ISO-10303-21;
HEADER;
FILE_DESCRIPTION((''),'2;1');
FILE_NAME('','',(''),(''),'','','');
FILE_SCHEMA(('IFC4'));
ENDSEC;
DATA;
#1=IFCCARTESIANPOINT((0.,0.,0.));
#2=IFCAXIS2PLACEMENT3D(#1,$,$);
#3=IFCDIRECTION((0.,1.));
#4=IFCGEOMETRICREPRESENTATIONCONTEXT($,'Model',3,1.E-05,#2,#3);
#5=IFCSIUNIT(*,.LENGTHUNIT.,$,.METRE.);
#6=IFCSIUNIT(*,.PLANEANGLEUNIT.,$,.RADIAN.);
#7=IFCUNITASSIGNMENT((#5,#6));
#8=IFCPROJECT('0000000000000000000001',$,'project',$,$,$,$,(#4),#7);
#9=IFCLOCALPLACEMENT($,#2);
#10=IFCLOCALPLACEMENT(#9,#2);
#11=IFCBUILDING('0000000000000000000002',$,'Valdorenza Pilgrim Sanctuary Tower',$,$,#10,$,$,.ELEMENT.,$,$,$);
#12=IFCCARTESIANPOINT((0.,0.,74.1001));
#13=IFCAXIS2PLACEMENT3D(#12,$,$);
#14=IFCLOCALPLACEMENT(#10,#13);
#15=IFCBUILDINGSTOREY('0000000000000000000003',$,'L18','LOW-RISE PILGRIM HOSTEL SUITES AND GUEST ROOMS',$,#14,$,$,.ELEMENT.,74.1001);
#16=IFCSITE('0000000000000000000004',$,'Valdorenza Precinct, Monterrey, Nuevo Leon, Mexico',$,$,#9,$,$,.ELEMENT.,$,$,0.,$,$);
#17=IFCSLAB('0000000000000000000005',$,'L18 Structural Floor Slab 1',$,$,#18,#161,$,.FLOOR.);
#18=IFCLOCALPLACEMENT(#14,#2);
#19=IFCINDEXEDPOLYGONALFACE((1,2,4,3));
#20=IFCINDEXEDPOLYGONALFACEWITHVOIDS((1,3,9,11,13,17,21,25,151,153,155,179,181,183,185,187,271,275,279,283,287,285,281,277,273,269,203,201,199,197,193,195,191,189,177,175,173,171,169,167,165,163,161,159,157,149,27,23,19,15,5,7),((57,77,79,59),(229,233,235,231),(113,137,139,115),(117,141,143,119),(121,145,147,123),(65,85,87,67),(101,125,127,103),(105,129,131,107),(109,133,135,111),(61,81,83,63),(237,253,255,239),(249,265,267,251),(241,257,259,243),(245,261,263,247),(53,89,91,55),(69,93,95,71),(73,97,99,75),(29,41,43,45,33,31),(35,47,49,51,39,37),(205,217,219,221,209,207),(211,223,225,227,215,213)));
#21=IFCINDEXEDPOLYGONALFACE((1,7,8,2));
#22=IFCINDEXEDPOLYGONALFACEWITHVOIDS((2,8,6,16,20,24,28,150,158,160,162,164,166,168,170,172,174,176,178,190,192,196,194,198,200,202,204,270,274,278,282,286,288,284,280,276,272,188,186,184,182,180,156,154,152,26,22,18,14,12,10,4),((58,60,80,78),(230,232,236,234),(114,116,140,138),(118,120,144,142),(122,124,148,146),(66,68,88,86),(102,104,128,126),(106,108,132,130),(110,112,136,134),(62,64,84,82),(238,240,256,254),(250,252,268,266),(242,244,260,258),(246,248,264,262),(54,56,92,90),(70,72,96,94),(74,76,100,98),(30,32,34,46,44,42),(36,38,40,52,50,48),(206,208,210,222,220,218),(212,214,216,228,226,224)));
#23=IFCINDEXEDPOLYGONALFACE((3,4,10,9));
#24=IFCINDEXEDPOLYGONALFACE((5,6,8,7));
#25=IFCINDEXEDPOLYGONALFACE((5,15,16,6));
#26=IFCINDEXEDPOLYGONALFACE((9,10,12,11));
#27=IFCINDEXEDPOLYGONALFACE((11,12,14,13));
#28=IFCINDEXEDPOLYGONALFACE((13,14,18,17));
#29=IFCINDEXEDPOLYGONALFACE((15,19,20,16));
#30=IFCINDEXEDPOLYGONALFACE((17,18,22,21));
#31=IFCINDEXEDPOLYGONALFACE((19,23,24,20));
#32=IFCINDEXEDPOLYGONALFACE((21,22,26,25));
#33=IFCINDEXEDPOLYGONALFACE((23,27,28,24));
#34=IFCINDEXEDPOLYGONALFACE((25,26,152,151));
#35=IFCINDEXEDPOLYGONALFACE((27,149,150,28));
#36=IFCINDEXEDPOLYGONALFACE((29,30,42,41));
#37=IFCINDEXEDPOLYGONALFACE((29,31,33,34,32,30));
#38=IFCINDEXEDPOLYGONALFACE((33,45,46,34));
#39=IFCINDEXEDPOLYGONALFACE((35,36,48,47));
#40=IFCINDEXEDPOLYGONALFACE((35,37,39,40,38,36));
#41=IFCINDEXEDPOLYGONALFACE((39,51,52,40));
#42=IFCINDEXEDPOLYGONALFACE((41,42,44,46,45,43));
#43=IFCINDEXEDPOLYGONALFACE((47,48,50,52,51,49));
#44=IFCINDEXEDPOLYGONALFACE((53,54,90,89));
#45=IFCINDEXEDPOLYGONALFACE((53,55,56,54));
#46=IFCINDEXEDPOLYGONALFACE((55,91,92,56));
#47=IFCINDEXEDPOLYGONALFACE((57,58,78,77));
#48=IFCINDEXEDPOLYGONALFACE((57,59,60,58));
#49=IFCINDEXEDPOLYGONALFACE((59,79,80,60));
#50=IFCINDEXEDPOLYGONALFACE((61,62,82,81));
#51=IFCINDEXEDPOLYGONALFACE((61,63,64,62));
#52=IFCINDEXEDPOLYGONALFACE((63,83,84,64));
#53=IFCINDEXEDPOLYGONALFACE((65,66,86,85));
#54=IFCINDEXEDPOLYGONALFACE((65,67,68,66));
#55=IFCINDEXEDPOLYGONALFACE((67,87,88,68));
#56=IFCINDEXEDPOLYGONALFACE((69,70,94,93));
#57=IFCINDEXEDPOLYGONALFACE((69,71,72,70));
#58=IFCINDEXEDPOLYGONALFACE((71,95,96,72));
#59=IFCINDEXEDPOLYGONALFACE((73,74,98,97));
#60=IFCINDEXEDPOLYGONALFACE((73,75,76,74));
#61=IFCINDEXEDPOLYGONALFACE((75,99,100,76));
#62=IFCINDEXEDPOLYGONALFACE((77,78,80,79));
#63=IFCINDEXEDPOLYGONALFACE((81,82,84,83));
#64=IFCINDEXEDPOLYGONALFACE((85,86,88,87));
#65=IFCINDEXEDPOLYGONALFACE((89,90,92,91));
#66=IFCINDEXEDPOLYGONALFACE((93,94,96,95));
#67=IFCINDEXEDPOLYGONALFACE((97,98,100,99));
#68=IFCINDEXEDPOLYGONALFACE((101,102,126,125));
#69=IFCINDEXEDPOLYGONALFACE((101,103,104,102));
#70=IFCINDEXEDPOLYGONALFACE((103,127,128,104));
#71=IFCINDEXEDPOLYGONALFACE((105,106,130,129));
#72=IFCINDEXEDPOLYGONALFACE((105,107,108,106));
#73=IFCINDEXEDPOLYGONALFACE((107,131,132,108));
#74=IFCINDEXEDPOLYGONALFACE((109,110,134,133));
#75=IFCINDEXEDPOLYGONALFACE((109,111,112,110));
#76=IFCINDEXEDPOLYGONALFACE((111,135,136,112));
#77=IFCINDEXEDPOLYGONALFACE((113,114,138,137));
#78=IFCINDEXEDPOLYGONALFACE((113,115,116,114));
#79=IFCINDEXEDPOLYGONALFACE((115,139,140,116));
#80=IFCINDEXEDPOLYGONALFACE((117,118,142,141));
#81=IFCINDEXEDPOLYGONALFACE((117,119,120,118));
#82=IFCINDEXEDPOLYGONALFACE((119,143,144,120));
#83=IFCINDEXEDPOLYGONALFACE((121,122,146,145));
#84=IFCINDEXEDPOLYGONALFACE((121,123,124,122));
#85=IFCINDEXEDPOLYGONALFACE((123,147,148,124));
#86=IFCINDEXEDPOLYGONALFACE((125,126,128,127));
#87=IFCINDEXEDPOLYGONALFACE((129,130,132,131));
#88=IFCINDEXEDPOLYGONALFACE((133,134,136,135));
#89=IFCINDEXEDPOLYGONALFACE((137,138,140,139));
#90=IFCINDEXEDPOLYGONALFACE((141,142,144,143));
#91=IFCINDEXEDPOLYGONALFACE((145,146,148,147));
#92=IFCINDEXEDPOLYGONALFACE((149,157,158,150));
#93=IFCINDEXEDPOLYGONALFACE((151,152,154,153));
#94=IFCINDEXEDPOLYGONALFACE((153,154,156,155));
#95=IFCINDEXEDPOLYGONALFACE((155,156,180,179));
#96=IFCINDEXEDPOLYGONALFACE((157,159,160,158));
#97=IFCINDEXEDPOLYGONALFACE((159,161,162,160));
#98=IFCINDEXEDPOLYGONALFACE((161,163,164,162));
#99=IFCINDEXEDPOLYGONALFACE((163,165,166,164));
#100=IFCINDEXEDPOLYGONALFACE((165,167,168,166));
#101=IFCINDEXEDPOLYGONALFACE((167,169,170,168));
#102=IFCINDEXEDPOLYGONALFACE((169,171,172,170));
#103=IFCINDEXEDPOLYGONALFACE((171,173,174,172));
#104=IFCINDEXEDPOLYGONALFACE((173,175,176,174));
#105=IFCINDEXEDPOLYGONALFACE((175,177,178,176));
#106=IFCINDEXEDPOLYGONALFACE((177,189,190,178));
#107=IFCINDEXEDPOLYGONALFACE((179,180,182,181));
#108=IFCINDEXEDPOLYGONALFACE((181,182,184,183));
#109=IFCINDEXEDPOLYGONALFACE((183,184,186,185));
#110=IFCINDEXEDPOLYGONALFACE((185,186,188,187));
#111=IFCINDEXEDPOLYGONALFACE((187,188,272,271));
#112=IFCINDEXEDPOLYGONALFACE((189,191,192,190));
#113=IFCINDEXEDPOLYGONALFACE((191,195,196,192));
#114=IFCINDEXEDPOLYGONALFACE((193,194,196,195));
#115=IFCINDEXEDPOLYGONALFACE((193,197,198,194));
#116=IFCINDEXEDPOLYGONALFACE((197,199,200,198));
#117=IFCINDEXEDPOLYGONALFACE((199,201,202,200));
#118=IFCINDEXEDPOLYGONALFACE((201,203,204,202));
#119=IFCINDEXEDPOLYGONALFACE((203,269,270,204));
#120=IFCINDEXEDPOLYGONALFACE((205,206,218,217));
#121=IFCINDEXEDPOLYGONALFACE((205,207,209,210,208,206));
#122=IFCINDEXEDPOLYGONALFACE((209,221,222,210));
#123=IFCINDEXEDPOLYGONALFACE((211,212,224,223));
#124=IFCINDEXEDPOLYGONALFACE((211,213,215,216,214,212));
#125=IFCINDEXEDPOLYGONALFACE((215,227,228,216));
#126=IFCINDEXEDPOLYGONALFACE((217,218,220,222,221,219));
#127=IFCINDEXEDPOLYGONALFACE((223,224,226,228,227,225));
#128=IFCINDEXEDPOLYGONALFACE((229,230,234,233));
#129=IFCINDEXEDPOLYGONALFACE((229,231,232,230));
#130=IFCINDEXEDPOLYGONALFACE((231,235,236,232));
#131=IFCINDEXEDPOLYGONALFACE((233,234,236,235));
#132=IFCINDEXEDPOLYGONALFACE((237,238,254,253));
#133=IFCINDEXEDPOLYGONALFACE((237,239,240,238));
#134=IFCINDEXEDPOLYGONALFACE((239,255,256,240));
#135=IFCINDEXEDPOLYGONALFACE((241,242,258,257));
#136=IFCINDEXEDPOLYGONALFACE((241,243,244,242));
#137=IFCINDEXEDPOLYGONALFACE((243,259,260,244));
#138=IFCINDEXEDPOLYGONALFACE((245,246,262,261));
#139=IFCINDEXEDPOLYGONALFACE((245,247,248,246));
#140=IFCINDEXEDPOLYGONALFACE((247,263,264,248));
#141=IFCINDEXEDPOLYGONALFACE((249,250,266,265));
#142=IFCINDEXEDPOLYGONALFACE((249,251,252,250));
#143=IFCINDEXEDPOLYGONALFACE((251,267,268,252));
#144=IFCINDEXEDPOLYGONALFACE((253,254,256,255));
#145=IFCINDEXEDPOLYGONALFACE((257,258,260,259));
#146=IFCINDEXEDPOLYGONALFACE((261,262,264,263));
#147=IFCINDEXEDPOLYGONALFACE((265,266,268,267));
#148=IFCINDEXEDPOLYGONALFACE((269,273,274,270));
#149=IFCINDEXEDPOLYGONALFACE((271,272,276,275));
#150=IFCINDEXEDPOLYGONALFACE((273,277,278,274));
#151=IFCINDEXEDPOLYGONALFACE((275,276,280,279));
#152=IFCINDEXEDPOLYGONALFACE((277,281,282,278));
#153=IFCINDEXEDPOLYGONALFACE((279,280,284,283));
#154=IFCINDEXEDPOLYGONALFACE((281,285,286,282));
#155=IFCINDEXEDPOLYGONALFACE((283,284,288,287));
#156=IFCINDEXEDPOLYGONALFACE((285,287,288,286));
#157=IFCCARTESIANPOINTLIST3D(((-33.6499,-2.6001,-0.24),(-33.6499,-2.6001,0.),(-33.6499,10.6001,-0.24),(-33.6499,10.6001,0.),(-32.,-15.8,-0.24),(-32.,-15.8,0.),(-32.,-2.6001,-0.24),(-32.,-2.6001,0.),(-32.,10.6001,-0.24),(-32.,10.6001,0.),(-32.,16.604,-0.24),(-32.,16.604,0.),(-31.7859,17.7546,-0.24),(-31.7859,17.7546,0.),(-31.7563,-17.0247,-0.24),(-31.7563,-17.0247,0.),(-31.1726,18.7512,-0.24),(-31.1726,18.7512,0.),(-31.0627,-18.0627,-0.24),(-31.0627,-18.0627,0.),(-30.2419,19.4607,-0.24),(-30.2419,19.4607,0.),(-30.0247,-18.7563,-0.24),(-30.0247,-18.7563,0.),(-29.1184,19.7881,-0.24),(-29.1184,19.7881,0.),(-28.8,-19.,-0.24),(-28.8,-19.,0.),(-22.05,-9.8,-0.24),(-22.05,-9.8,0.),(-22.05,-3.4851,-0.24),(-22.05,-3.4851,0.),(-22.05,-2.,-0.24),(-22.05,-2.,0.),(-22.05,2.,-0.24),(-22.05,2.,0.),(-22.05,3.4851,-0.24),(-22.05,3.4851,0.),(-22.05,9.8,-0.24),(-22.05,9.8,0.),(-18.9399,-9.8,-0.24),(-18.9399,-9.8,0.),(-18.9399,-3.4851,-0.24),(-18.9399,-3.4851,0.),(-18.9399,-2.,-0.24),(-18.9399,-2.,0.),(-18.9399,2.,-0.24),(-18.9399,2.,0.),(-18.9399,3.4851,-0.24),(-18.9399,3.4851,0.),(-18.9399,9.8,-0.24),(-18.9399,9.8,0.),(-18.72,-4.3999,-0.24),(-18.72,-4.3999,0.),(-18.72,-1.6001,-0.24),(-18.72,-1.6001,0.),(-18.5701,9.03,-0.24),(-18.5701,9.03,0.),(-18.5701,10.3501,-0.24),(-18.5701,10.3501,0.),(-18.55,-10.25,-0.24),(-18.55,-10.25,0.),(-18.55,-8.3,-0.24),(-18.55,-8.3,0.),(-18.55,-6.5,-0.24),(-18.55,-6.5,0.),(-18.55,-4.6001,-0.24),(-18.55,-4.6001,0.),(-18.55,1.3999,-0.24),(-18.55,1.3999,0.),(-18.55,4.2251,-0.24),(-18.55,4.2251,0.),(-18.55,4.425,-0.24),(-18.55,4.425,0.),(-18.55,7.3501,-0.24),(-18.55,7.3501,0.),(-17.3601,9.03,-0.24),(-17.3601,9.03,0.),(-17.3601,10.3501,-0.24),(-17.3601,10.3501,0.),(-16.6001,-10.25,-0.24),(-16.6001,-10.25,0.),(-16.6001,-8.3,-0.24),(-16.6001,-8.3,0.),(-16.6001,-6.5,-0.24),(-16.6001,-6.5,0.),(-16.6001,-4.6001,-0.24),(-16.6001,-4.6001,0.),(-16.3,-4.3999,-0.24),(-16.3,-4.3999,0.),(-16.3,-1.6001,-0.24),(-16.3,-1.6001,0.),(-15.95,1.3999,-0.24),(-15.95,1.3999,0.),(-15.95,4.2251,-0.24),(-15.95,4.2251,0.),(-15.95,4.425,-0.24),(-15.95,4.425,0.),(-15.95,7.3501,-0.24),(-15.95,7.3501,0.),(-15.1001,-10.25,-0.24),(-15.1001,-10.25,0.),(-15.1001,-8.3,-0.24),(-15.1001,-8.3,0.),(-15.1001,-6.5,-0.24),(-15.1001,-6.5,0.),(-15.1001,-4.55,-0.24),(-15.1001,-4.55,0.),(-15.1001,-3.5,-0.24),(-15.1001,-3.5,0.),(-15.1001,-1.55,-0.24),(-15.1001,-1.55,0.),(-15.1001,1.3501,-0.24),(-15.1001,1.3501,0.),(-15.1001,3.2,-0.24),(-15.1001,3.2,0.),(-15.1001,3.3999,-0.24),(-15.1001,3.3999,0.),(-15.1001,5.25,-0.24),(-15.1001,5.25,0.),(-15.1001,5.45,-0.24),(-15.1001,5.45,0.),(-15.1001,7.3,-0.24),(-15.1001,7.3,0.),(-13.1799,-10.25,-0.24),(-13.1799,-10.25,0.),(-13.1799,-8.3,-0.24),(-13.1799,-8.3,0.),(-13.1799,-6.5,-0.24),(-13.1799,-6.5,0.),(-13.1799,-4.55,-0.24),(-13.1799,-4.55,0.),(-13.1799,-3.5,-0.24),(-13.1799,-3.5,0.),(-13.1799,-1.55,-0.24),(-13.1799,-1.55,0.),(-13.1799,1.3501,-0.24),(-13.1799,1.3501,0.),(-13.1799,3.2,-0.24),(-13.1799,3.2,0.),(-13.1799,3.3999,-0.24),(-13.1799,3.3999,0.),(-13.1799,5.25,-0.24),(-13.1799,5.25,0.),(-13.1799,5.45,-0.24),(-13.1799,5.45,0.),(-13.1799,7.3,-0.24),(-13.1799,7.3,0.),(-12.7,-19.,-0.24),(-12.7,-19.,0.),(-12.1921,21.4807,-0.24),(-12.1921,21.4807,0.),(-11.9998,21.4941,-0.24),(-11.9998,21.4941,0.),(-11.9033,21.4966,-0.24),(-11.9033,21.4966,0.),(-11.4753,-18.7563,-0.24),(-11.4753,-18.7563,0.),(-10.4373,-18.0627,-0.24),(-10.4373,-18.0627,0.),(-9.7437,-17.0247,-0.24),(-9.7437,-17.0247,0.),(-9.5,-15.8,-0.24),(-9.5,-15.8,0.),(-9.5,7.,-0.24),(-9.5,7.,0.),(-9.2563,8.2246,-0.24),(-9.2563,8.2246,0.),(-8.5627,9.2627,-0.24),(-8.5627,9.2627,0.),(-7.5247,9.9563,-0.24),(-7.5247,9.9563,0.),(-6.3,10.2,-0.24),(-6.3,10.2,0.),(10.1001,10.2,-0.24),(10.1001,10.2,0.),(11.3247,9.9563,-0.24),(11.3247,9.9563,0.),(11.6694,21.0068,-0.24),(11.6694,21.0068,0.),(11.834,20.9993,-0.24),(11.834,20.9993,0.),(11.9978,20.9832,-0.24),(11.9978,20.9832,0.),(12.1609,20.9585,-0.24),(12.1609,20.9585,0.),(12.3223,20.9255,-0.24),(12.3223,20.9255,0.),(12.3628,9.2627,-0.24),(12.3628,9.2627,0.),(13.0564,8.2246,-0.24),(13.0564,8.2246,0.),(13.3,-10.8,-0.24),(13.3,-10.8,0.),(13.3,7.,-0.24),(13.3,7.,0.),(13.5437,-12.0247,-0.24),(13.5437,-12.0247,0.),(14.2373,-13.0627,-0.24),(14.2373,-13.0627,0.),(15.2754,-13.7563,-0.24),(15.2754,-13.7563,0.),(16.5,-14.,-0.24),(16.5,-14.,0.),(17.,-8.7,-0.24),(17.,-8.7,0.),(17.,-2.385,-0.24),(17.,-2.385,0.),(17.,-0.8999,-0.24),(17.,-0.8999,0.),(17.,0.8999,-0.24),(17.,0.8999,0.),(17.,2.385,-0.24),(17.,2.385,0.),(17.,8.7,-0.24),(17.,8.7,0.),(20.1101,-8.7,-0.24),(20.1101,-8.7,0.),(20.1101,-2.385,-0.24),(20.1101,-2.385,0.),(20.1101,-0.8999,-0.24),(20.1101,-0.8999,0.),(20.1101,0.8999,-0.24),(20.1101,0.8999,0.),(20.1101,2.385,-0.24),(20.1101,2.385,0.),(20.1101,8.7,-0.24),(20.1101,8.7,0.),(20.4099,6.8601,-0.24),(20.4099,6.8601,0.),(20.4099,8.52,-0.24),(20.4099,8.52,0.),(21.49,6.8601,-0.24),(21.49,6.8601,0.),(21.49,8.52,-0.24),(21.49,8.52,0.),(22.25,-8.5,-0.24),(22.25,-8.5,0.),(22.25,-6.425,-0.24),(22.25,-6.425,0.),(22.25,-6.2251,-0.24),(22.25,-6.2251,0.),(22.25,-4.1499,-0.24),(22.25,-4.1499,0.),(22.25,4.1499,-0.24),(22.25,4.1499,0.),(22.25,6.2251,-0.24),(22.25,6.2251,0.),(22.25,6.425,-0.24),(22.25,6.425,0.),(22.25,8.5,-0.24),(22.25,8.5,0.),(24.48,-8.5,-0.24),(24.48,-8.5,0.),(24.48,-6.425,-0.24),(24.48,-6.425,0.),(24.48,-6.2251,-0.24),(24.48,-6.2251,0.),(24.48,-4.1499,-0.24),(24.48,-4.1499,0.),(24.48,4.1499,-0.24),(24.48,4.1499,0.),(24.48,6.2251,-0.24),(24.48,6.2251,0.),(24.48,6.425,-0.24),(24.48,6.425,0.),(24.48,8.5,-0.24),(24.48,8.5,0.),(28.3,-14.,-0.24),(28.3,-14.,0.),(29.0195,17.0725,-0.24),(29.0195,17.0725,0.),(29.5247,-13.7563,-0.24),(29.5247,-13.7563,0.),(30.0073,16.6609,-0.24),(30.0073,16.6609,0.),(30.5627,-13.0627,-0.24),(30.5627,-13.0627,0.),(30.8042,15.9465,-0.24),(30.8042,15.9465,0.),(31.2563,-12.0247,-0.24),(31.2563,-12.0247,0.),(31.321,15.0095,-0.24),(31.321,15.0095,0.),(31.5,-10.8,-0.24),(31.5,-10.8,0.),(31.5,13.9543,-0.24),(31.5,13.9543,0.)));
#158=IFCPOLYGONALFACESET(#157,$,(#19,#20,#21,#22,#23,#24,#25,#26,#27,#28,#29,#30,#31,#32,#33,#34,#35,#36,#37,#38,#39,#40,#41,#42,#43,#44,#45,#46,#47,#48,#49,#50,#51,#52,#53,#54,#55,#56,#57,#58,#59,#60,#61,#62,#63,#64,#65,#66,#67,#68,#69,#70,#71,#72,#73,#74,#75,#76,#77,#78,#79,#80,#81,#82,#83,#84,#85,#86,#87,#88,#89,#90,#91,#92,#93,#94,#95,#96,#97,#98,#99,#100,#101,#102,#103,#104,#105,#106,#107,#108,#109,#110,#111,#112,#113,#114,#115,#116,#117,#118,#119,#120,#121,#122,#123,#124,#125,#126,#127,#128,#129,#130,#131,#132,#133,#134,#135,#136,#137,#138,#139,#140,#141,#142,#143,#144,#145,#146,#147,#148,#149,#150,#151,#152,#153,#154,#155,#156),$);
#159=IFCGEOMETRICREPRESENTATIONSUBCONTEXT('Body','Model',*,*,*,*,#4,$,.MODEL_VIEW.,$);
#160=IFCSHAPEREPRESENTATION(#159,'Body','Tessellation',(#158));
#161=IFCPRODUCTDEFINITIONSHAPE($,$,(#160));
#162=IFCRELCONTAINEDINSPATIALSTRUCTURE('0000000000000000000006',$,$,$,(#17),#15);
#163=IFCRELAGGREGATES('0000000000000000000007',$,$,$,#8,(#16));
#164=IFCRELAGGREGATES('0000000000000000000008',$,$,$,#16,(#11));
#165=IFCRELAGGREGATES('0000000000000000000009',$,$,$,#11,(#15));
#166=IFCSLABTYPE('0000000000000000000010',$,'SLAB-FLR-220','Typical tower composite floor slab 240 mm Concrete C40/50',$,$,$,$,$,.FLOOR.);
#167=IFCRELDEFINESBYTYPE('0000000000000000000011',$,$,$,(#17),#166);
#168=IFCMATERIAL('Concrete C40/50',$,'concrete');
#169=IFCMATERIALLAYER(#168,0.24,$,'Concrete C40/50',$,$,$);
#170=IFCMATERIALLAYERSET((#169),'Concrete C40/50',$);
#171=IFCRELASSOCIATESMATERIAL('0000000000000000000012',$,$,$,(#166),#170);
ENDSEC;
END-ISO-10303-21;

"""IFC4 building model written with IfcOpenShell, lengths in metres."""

from ifc_helpers import new_model, si_unit, direction, frame, origin, place, context, subcontext, project, spatial, polyline, outline, extrude, material, layer, layer_set, type_object, element, save


model = new_model("IFC4")

# Units and contexts
model_context = context("Model", 3, precision=1e-05, world=origin(), true_north=direction((0.0, 1.0)))
body_context = subcontext(model_context, "Body", "Model", "MODEL_VIEW")
ifc_project = project(units=[si_unit("LENGTHUNIT", "METRE"), si_unit("PLANEANGLEUNIT", "RADIAN")], contexts=[model_context])

# Site, building, storey
site_placement = place(None, origin())
site = spatial("IfcSite", under=ifc_project, at=site_placement, Name="Valdorenza Precinct, Monterrey, Nuevo Leon, Mexico", CompositionType="ELEMENT", RefElevation=0.0)
building_placement = place(site_placement, origin())
building = spatial("IfcBuilding", under=site, at=building_placement, Name="Valdorenza Pilgrim Sanctuary Tower", CompositionType="ELEMENT")
storey_placement = place(building_placement, frame((0.0, 0.0, 74.1001)))
storey = spatial("IfcBuildingStorey", under=building, at=storey_placement, Name="L18", Description="LOW-RISE PILGRIM HOSTEL SUITES AND GUEST ROOMS", CompositionType="ELEMENT", Elevation=74.1001)

# Slab
ifc_material_1 = material(Name="Concrete C40/50", Category="concrete")
ifc_layer_1 = layer(ifc_material_1, 0.24, Name="Concrete C40/50")
ifc_layer_set_1 = layer_set([ifc_layer_1], Name="Concrete C40/50")
slab_type_1 = type_object("IfcSlabType", Name="SLAB-FLR-220", Description="Typical tower composite floor slab 240 mm Concrete C40/50", PredefinedType="FLOOR", material=ifc_layer_set_1)
slab_1_placement = place(storey_placement, frame((0.0, 0.0, -0.24)))
element("IfcSlab", 1, at=slab_1_placement, inside=storey, type_object=slab_type_1, Name="L18 Structural Floor Slab 1", PredefinedType="FLOOR", context=body_context, shape_type="SweptSolid", body=[
    extrude(outline(polyline([(-31.7859, 17.7546), (-31.1726, 18.7512), (-30.2419, 19.4607), (-29.1184, 19.7881), (-12.1921, 21.4807), (-11.9998, 21.4941), (-11.9033, 21.4966), (11.6694, 21.0068), (11.834, 20.9993), (11.9978, 20.9832), (12.1609, 20.9585), (12.3223, 20.9255), (29.0195, 17.0725), (30.0073, 16.6609), (30.8042, 15.9465), (31.321, 15.0095), (31.5, 13.9543), (31.5, -10.8), (31.2563, -12.0247), (30.5627, -13.0627), (29.5247, -13.7563), (28.3, -14.0), (16.5, -14.0), (15.2754, -13.7563), (14.2373, -13.0627), (13.5437, -12.0247), (13.3, -10.8), (13.3, 7.0), (13.0564, 8.2246), (12.3628, 9.2627), (11.3247, 9.9563), (10.1001, 10.2), (-6.3, 10.2), (-7.5247, 9.9563), (-8.5627, 9.2627), (-9.2563, 8.2246), (-9.5, 7.0), (-9.5, -15.8), (-9.7437, -17.0247), (-10.4373, -18.0627), (-11.4753, -18.7563), (-12.7, -19.0), (-28.8, -19.0), (-30.0247, -18.7563), (-31.0627, -18.0627), (-31.7563, -17.0247), (-32.0, -15.8), (-32.0, -2.6001), (-33.6499, -2.6001), (-33.6499, 10.6001), (-32.0, 10.6001), (-32.0, 16.604), (-31.7859, 17.7546)]), holes=[polyline([(-16.6001, -10.25), (-16.6001, -8.3), (-18.55, -8.3), (-18.55, -10.25), (-16.6001, -10.25)]), polyline([(-22.05, -9.8), (-18.9399, -9.8), (-18.9399, -3.4851), (-18.9399, -2.0), (-22.05, -2.0), (-22.05, -3.4851), (-22.05, -9.8)]), polyline([(-18.55, -6.5), (-16.6001, -6.5), (-16.6001, -4.6001), (-18.55, -4.6001), (-18.55, -6.5)]), polyline([(-13.1799, -6.5), (-13.1799, -4.55), (-15.1001, -4.55), (-15.1001, -6.5), (-13.1799, -6.5)]), polyline([(-18.72, -4.3999), (-16.3, -4.3999), (-16.3, -1.6001), (-18.72, -1.6001), (-18.72, -4.3999)]), polyline([(-13.1799, -3.5), (-13.1799, -1.55), (-15.1001, -1.55), (-15.1001, -3.5), (-13.1799, -3.5)]), polyline([(-22.05, 2.0), (-18.9399, 2.0), (-18.9399, 3.4851), (-18.9399, 9.8), (-22.05, 9.8), (-22.05, 3.4851), (-22.05, 2.0)]), polyline([(-18.55, 1.3999), (-15.95, 1.3999), (-15.95, 4.2251), (-18.55, 4.2251), (-18.55, 1.3999)]), polyline([(-15.95, 4.425), (-15.95, 7.3501), (-18.55, 7.3501), (-18.55, 4.425), (-15.95, 4.425)]), polyline([(-15.1001, 5.45), (-13.1799, 5.45), (-13.1799, 7.3), (-15.1001, 7.3), (-15.1001, 5.45)]), polyline([(-17.3601, 9.03), (-17.3601, 10.3501), (-18.5701, 10.3501), (-18.5701, 9.03), (-17.3601, 9.03)]), polyline([(-15.1001, -10.25), (-13.1799, -10.25), (-13.1799, -8.3), (-15.1001, -8.3), (-15.1001, -10.25)]), polyline([(22.25, -8.5), (24.48, -8.5), (24.48, -6.425), (22.25, -6.425), (22.25, -8.5)]), polyline([(17.0, -2.385), (17.0, -8.7), (20.1101, -8.7), (20.1101, -2.385), (20.1101, -0.8999), (17.0, -0.8999), (17.0, -2.385)]), polyline([(22.25, -6.2251), (24.48, -6.2251), (24.48, -4.1499), (22.25, -4.1499), (22.25, -6.2251)]), polyline([(17.0, 0.8999), (20.1101, 0.8999), (20.1101, 2.385), (20.1101, 8.7), (17.0, 8.7), (17.0, 2.385), (17.0, 0.8999)]), polyline([(-15.1001, 1.3501), (-13.1799, 1.3501), (-13.1799, 3.2), (-15.1001, 3.2), (-15.1001, 1.3501)]), polyline([(-15.1001, 3.3999), (-13.1799, 3.3999), (-13.1799, 5.25), (-15.1001, 5.25), (-15.1001, 3.3999)]), polyline([(22.25, 4.1499), (24.48, 4.1499), (24.48, 6.2251), (22.25, 6.2251), (22.25, 4.1499)]), polyline([(22.25, 6.425), (24.48, 6.425), (24.48, 8.5), (22.25, 8.5), (22.25, 6.425)]), polyline([(20.4099, 6.8601), (21.49, 6.8601), (21.49, 8.52), (20.4099, 8.52), (20.4099, 6.8601)])]), origin(), (0.0, 0.0, 1.0), 0.24),
])

save(model, "model.ifc")
